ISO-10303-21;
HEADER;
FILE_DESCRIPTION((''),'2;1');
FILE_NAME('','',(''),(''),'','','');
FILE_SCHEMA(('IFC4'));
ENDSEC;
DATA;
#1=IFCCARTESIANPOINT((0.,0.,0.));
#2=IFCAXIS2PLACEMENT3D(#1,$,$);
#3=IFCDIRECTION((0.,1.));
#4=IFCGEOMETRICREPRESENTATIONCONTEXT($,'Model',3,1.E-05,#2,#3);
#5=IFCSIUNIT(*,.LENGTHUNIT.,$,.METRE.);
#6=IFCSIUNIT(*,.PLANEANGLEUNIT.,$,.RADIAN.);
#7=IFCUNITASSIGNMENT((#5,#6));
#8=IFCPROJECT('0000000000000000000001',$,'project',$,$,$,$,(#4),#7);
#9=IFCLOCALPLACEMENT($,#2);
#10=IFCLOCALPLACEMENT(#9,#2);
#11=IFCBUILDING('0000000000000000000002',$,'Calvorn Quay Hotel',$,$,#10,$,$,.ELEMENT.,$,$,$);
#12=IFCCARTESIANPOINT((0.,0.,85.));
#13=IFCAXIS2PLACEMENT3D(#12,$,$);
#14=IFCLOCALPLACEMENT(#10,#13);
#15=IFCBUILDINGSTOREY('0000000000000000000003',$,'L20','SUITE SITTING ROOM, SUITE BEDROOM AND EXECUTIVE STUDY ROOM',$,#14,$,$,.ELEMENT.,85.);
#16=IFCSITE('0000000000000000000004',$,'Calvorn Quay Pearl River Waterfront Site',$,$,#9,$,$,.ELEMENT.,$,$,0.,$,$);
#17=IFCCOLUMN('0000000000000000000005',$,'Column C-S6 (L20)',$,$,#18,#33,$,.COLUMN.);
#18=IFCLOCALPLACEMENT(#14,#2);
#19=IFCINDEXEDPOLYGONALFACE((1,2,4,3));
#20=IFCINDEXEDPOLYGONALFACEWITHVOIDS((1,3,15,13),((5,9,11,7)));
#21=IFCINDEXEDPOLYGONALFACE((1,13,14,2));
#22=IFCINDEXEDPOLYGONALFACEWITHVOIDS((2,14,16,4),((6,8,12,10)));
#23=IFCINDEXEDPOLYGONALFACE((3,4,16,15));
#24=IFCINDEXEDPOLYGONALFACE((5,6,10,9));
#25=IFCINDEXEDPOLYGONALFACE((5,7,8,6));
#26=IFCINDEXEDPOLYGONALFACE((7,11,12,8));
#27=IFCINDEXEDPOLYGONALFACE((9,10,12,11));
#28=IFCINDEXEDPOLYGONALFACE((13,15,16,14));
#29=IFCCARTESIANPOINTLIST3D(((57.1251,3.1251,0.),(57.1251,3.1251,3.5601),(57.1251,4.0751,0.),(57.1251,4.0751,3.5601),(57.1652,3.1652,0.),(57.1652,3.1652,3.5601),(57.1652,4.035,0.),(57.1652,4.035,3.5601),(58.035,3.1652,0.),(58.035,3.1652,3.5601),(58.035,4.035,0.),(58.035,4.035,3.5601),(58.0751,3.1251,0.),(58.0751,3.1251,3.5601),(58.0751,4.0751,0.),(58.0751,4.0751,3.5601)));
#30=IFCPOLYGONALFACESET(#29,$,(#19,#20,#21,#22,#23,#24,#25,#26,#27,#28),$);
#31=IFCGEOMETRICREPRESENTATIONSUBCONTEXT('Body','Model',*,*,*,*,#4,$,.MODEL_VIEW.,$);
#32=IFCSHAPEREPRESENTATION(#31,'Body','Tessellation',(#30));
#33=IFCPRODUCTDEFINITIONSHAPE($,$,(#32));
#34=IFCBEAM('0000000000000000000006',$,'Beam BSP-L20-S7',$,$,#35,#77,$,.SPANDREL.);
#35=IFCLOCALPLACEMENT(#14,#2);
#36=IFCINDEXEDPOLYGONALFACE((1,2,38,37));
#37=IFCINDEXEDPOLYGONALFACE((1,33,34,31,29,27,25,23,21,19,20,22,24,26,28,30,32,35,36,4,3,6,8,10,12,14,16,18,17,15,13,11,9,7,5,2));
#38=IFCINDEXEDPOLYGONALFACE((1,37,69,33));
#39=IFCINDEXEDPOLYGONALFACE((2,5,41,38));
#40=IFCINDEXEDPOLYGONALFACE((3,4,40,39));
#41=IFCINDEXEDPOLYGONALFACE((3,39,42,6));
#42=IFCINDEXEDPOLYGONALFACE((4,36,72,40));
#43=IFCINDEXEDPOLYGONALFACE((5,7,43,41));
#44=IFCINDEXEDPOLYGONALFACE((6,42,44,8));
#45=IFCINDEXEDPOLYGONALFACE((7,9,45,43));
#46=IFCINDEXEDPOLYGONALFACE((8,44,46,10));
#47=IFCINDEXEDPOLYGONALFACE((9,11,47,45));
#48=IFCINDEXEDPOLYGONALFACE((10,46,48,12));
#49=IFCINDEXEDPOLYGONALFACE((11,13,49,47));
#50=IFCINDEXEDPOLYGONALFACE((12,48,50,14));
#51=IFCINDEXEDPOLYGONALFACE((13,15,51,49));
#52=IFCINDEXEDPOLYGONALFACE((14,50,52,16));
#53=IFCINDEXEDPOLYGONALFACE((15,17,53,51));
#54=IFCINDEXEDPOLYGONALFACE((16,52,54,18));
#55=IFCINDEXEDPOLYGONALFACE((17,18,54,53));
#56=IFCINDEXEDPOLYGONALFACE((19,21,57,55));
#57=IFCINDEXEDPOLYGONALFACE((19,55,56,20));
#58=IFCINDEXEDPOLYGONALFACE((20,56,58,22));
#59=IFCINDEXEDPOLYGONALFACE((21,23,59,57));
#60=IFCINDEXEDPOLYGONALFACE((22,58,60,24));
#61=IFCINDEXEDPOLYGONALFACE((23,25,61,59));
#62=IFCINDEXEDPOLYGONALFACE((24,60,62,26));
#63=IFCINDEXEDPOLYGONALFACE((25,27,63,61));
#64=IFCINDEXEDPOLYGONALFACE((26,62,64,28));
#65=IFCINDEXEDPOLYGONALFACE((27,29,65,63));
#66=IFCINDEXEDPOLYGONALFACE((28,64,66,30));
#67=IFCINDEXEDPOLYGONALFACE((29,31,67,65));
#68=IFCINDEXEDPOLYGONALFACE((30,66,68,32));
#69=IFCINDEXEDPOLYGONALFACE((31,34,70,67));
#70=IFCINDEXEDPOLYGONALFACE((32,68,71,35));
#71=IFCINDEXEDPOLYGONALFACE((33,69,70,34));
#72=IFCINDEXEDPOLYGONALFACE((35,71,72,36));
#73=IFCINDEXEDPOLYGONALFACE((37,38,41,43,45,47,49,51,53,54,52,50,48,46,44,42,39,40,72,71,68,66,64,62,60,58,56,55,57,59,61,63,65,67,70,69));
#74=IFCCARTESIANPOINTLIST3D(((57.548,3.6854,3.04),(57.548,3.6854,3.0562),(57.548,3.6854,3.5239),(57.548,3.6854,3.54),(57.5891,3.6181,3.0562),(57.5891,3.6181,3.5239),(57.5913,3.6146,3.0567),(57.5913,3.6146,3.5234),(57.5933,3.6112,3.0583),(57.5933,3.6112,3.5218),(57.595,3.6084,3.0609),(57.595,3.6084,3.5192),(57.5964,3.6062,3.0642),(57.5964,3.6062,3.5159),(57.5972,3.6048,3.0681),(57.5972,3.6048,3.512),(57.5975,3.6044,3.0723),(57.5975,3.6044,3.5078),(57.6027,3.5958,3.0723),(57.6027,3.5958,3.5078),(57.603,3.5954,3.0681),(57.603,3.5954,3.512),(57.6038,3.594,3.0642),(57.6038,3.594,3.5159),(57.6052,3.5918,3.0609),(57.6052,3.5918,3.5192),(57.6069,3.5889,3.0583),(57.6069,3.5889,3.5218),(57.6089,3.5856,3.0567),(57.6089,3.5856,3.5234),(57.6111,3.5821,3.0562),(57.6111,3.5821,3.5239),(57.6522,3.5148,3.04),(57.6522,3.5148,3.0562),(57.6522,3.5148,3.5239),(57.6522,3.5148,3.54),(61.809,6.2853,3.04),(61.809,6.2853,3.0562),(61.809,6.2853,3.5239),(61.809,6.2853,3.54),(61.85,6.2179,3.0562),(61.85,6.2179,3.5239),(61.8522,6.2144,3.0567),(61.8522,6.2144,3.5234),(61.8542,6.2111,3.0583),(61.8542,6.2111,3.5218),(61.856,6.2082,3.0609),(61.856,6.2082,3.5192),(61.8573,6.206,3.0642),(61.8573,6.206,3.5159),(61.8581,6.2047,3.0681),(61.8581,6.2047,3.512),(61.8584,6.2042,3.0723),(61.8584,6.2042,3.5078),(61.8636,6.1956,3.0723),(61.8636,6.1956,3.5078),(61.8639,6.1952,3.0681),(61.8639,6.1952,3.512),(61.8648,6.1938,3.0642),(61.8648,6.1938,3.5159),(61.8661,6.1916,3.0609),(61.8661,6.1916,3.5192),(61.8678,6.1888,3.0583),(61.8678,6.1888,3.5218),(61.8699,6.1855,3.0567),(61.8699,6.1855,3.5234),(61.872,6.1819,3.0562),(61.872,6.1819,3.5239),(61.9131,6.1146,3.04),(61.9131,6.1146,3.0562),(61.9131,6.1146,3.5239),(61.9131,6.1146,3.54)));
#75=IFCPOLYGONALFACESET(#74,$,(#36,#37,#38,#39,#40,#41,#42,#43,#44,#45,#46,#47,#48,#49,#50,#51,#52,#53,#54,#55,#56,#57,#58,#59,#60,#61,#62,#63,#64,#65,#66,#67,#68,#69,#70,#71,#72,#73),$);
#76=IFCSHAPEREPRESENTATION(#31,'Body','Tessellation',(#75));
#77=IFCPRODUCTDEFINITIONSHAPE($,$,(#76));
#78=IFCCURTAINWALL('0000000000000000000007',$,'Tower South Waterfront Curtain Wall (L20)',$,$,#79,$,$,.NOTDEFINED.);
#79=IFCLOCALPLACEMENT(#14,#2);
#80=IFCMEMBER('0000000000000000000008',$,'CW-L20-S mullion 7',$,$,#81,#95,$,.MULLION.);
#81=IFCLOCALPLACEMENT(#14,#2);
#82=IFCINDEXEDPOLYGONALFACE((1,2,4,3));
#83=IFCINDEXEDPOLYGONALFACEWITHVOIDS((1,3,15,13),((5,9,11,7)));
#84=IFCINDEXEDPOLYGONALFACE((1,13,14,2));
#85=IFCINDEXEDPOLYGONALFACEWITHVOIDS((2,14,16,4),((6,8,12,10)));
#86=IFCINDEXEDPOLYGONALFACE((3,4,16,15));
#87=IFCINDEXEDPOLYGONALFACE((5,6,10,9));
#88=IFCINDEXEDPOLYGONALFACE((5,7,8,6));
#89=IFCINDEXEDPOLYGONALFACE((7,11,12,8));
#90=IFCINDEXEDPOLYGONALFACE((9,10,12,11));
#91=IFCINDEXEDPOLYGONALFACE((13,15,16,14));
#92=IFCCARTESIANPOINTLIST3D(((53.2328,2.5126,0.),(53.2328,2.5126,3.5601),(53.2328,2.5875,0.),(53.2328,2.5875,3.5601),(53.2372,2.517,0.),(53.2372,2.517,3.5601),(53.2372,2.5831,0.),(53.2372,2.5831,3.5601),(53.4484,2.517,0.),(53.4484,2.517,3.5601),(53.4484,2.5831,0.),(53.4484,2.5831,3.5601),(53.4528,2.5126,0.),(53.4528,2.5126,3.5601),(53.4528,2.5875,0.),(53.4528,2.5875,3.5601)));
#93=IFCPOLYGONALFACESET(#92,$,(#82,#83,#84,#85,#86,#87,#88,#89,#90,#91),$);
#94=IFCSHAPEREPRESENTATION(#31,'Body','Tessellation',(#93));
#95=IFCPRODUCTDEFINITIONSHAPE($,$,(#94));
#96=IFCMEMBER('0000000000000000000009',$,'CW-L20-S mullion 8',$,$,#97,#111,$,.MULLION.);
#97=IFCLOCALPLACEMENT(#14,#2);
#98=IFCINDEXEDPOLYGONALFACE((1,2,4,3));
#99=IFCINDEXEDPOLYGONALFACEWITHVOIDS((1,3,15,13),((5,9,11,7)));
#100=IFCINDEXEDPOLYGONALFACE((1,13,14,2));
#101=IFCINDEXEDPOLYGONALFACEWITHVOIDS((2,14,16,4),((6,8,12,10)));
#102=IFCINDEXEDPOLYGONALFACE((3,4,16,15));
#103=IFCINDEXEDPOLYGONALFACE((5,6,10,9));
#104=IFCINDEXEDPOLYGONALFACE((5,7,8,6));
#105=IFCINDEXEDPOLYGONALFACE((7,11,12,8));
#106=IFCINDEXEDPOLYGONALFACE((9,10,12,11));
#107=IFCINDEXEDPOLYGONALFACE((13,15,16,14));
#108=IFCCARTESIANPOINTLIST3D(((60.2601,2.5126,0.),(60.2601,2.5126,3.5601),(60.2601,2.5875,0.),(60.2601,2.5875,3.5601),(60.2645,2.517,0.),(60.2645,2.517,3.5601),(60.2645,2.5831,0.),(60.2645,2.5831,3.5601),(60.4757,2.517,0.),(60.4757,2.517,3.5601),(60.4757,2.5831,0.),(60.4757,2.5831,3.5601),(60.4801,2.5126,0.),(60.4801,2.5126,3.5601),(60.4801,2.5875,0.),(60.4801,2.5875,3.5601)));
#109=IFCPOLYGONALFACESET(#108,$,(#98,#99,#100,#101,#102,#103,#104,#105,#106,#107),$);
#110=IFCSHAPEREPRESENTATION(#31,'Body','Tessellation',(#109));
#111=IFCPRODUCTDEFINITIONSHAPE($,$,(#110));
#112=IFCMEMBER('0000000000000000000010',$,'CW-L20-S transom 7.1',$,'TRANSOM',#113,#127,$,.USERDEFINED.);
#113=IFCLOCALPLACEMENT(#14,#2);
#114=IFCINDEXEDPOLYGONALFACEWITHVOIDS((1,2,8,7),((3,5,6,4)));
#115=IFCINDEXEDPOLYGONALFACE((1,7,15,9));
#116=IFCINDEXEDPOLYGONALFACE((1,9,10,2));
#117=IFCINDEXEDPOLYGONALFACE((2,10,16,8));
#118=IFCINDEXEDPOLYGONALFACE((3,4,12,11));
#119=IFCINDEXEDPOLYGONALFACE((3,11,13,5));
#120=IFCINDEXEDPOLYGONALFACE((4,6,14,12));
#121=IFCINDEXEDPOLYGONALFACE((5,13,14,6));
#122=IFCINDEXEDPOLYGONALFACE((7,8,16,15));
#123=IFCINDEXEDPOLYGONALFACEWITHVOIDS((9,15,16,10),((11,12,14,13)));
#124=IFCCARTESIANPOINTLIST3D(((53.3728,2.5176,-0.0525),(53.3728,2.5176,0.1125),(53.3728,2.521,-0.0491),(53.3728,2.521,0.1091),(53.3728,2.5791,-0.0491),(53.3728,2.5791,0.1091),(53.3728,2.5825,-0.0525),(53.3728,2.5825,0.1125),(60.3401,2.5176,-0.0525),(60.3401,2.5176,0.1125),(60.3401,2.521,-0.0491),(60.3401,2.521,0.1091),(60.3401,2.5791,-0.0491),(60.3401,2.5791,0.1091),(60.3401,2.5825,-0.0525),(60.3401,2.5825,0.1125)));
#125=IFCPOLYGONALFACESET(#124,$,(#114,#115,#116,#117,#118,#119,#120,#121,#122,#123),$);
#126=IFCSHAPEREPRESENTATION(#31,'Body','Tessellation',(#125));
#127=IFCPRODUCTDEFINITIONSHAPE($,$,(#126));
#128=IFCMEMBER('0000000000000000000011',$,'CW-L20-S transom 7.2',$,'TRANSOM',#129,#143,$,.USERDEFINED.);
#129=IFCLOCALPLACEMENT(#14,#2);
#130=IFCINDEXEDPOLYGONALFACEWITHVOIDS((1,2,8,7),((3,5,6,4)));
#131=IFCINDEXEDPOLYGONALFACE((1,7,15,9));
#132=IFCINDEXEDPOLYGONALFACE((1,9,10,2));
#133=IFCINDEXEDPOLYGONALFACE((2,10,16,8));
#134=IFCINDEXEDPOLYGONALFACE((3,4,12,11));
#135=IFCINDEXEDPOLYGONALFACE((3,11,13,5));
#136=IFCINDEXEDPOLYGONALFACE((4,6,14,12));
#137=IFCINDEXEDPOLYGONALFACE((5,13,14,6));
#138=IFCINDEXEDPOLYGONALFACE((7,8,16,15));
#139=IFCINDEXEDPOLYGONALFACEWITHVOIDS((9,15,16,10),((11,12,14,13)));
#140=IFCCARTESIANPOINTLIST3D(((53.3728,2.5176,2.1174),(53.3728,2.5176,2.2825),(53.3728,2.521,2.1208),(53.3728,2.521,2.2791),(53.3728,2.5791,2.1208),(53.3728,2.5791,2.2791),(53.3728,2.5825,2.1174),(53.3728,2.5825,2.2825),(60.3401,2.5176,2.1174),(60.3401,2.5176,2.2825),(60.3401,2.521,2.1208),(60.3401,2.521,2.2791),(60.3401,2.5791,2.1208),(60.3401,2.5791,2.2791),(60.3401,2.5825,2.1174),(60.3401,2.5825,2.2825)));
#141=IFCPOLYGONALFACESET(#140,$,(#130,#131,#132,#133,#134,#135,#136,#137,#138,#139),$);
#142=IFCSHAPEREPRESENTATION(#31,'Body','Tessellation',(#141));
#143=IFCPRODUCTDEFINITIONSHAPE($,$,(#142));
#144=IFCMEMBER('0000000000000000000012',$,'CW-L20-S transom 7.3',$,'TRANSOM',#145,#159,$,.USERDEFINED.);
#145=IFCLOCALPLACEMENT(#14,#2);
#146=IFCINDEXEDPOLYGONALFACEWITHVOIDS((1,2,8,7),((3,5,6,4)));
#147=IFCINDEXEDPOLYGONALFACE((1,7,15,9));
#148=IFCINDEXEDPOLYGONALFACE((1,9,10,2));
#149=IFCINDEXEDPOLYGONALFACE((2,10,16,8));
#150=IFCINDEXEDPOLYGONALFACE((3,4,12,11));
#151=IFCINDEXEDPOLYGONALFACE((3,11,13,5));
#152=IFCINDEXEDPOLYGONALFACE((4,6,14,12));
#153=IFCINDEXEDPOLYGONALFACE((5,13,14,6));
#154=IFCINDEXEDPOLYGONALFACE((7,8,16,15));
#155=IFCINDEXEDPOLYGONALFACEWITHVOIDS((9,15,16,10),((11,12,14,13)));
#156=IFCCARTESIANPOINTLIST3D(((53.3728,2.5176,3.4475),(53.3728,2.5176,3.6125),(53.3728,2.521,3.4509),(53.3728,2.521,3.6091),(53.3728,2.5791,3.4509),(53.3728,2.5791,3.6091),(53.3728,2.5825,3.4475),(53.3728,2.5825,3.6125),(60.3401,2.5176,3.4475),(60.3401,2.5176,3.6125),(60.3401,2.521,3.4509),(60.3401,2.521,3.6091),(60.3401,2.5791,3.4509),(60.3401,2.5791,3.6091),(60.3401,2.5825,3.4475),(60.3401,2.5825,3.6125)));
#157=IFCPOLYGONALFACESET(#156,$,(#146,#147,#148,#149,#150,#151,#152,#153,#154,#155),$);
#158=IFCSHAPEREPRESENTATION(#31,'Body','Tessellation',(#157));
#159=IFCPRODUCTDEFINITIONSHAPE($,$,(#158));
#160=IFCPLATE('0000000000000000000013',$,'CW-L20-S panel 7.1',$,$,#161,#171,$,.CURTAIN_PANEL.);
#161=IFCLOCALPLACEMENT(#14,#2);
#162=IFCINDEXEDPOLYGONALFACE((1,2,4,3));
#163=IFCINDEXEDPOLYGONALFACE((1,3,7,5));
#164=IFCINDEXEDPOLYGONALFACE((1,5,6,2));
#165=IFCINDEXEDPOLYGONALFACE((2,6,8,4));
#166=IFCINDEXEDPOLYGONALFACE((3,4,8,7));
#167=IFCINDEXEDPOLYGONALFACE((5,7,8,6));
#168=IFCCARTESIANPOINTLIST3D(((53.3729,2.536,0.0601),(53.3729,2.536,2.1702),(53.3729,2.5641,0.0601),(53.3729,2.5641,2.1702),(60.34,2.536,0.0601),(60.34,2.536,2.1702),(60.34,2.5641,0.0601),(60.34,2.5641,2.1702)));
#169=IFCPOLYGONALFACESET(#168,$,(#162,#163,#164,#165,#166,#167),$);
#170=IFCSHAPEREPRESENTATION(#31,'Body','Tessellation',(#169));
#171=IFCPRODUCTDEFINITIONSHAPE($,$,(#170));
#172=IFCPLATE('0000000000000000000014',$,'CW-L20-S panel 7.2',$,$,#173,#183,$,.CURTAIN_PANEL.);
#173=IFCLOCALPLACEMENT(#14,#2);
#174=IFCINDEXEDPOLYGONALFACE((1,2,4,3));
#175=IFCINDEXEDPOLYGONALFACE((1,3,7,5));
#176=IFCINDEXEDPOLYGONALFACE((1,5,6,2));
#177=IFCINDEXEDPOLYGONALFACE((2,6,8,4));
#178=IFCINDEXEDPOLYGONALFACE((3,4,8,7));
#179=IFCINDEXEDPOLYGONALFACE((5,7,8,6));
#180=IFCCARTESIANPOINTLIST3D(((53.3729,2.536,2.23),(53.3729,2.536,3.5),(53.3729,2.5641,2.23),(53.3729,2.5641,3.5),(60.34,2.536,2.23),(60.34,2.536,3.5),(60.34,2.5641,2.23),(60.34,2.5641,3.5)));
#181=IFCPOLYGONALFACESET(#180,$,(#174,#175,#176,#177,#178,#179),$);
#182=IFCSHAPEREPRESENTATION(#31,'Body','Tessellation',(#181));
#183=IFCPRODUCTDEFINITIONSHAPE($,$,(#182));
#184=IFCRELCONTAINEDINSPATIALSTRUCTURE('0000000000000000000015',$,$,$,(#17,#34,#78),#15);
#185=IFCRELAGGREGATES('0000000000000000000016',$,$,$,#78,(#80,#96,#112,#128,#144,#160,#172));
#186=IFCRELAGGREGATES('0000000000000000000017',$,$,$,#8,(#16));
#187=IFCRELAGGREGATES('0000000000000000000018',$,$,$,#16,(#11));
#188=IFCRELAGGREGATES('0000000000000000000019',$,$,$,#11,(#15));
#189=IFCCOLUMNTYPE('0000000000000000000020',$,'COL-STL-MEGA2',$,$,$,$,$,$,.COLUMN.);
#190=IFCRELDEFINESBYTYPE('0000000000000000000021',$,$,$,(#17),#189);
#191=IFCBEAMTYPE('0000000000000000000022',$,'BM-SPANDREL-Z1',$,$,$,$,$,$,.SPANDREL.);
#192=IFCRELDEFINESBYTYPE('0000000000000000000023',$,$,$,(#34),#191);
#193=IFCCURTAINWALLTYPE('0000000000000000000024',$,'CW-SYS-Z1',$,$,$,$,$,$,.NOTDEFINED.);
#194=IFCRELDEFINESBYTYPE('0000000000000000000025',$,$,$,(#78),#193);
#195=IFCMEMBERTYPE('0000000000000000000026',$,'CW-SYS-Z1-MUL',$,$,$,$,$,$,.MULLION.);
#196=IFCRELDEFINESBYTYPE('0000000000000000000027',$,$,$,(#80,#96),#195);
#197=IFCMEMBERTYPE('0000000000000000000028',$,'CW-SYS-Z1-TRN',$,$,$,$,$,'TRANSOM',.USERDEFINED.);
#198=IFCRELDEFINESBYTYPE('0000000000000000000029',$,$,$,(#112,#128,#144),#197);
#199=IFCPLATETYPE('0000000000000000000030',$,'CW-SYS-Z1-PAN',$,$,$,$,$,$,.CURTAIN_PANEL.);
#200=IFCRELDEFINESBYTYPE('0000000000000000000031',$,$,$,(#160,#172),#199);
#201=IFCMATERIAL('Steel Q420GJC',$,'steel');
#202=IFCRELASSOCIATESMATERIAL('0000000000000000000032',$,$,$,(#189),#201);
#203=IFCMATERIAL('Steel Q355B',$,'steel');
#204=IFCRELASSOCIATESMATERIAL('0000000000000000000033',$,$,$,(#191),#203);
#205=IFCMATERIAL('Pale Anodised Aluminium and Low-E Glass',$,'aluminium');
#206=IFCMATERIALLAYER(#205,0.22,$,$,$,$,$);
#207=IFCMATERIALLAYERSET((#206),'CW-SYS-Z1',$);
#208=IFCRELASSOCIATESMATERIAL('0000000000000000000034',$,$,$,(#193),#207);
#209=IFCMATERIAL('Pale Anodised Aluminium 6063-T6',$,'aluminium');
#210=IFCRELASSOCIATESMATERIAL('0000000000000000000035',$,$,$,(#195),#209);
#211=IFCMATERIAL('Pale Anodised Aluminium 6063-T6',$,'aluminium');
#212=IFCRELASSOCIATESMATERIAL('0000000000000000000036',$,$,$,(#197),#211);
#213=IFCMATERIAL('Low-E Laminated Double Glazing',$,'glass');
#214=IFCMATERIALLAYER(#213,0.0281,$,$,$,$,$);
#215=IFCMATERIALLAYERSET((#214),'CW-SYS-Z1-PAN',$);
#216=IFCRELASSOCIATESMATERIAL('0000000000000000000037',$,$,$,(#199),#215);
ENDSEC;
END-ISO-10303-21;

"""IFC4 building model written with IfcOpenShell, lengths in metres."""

from ifc_helpers import new_model, si_unit, direction, frame, origin, origin_2d, place, context, subcontext, project, spatial, rectangle, hollow_rectangle, i_section, extrude, material, layer, layer_set, material_profile, profile_set, type_object, element, aggregate, save


model = new_model("IFC4")

# Units and contexts
model_context = context("Model", 3, precision=1e-05, world=origin(), true_north=direction((0.0, 1.0)))
body_context = subcontext(model_context, "Body", "Model", "MODEL_VIEW")
ifc_project = project(units=[si_unit("LENGTHUNIT", "METRE"), si_unit("PLANEANGLEUNIT", "RADIAN")], contexts=[model_context])

# Site, building, storey
site_placement = place(None, origin())
site = spatial("IfcSite", under=ifc_project, at=site_placement, Name="Calvorn Quay Pearl River Waterfront Site", CompositionType="ELEMENT", RefElevation=0.0)
building_placement = place(site_placement, origin())
building = spatial("IfcBuilding", under=site, at=building_placement, Name="Calvorn Quay Hotel", CompositionType="ELEMENT")
storey_placement = place(building_placement, frame((0.0, 0.0, 85.0)))
storey = spatial("IfcBuildingStorey", under=building, at=storey_placement, Name="L20", Description="SUITE SITTING ROOM, SUITE BEDROOM AND EXECUTIVE STUDY ROOM", CompositionType="ELEMENT", Elevation=85.0)

# Column
ifc_material_1 = material(Name="Steel Q420GJC", Category="steel")
ifc_material_profile_1 = material_profile(ifc_material_1, hollow_rectangle(XDim=0.95, YDim=0.95, WallThickness=0.04, at=origin_2d()), Name="BOX950x950x40")
ifc_profile_set_1 = profile_set([ifc_material_profile_1], Name="Steel Q420GJC")
column_type = type_object("IfcColumnType", Name="COL-STL-MEGA2", PredefinedType="COLUMN", material=ifc_profile_set_1)
column_placement = place(storey_placement, frame((57.6001, 3.6001, 0.0), z_axis=(0.0, 0.0, 1.0), x_axis=(1.0, 0.0, 0.0)))
element("IfcColumn", 1, at=column_placement, inside=storey, type_object=column_type, Name="Column C-S6 (L20)", PredefinedType="COLUMN", context=body_context, shape_type="SweptSolid", body=[
    extrude(hollow_rectangle(XDim=0.95, YDim=0.95, WallThickness=0.04, at=origin_2d()), origin(), (0.0, 0.0, 1.0), 3.5601),
])

# Beam
ifc_material_2 = material(Name="Steel Q355B", Category="steel")
ifc_material_profile_2 = material_profile(ifc_material_2, i_section(OverallWidth=0.2, OverallDepth=0.5, WebThickness=0.01, FlangeThickness=0.0161, FilletRadius=0.0161, at=origin_2d()), Name="HN500x200x10x16")
ifc_profile_set_2 = profile_set([ifc_material_profile_2], Name="Steel Q355B")
beam_type = type_object("IfcBeamType", Name="BM-SPANDREL-Z1", PredefinedType="SPANDREL", material=ifc_profile_set_2)
beam_placement = place(storey_placement, frame((57.6001, 3.6001, 3.29), z_axis=(0.853646, 0.520854, 0.0), x_axis=(-0.520854, 0.853646, 0.0)))
element("IfcBeam", 2, at=beam_placement, inside=storey, type_object=beam_type, Name="Beam BSP-L20-S7", PredefinedType="SPANDREL", context=body_context, shape_type="SweptSolid", body=[
    extrude(i_section(OverallWidth=0.2, OverallDepth=0.5, WebThickness=0.01, FlangeThickness=0.0161, FilletRadius=0.0161, at=origin_2d()), origin(), (0.0, 0.0, 1.0), 4.9915),
])

# Curtain wall, members, plates
ifc_material_3 = material(Name="Pale Anodised Aluminium and Low-E Glass", Category="aluminium")
ifc_layer_1 = layer(ifc_material_3, 0.22)
ifc_layer_set_1 = layer_set([ifc_layer_1], Name="CW-SYS-Z1")
curtain_wall_type = type_object("IfcCurtainWallType", Name="CW-SYS-Z1", PredefinedType="NOTDEFINED", material=ifc_layer_set_1)
curtain_wall_placement = place(storey_placement, origin())
curtain_wall = element("IfcCurtainWall", 3, at=curtain_wall_placement, inside=storey, type_object=curtain_wall_type, Name="Tower South Waterfront Curtain Wall (L20)", PredefinedType="NOTDEFINED")
ifc_material_4 = material(Name="Pale Anodised Aluminium 6063-T6", Category="aluminium")
ifc_material_profile_3 = material_profile(ifc_material_4, hollow_rectangle(XDim=0.075, YDim=0.22, WallThickness=0.0044, at=origin_2d()), Name="ALU-M220x75x4.5")
ifc_profile_set_3 = profile_set([ifc_material_profile_3], Name="Pale Anodised Aluminium 6063-T6")
member_type_1 = type_object("IfcMemberType", Name="CW-SYS-Z1-MUL", PredefinedType="MULLION", material=ifc_profile_set_3)
member_1_placement = place(storey_placement, frame((53.3428, 2.55, 0.0), z_axis=(0.0, 0.0, 1.0), x_axis=(0.0, 1.0, 0.0)))
member_1 = element("IfcMember", 4, at=member_1_placement, type_object=member_type_1, Name="CW-L20-S mullion 7", PredefinedType="MULLION", context=body_context, shape_type="SweptSolid", body=[
    extrude(hollow_rectangle(XDim=0.075, YDim=0.22, WallThickness=0.0044, at=origin_2d()), origin(), (0.0, 0.0, 1.0), 3.5601),
])
member_2_placement = place(storey_placement, frame((60.3701, 2.55, 0.0), z_axis=(0.0, 0.0, 1.0), x_axis=(0.0, 1.0, 0.0)))
member_2 = element("IfcMember", 5, at=member_2_placement, type_object=member_type_1, Name="CW-L20-S mullion 8", PredefinedType="MULLION", context=body_context, shape_type="SweptSolid", body=[
    extrude(hollow_rectangle(XDim=0.075, YDim=0.22, WallThickness=0.0044, at=origin_2d()), origin(), (0.0, 0.0, 1.0), 3.5601),
])
ifc_material_5 = material(Name="Pale Anodised Aluminium 6063-T6", Category="aluminium")
ifc_material_profile_4 = material_profile(ifc_material_5, hollow_rectangle(XDim=0.0649, YDim=0.165, WallThickness=0.0034, at=origin_2d()), Name="ALU-T165x65x3.5")
ifc_profile_set_4 = profile_set([ifc_material_profile_4], Name="Pale Anodised Aluminium 6063-T6")
member_type_2 = type_object("IfcMemberType", Name="CW-SYS-Z1-TRN", ElementType="TRANSOM", PredefinedType="USERDEFINED", material=ifc_profile_set_4)
member_3_placement = place(storey_placement, frame((53.3728, 2.55, 0.03), z_axis=(1.0, 0.0, 0.0), x_axis=(0.0, 1.0, 0.0)))
member_3 = element("IfcMember", 6, at=member_3_placement, type_object=member_type_2, Name="CW-L20-S transom 7.1", ObjectType="TRANSOM", PredefinedType="USERDEFINED", context=body_context, shape_type="SweptSolid", body=[
    extrude(hollow_rectangle(XDim=0.0649, YDim=0.165, WallThickness=0.0034, at=origin_2d()), origin(), (0.0, 0.0, 1.0), 6.9673),
])
member_4_placement = place(storey_placement, frame((53.3728, 2.55, 2.2), z_axis=(1.0, 0.0, 0.0), x_axis=(0.0, 1.0, 0.0)))
member_4 = element("IfcMember", 7, at=member_4_placement, type_object=member_type_2, Name="CW-L20-S transom 7.2", ObjectType="TRANSOM", PredefinedType="USERDEFINED", context=body_context, shape_type="SweptSolid", body=[
    extrude(hollow_rectangle(XDim=0.0649, YDim=0.165, WallThickness=0.0034, at=origin_2d()), origin(), (0.0, 0.0, 1.0), 6.9673),
])
member_5_placement = place(storey_placement, frame((53.3728, 2.55, 3.53), z_axis=(1.0, 0.0, 0.0), x_axis=(0.0, 1.0, 0.0)))
member_5 = element("IfcMember", 8, at=member_5_placement, type_object=member_type_2, Name="CW-L20-S transom 7.3", ObjectType="TRANSOM", PredefinedType="USERDEFINED", context=body_context, shape_type="SweptSolid", body=[
    extrude(hollow_rectangle(XDim=0.0649, YDim=0.165, WallThickness=0.0034, at=origin_2d()), origin(), (0.0, 0.0, 1.0), 6.9673),
])
ifc_material_6 = material(Name="Low-E Laminated Double Glazing", Category="glass")
ifc_layer_2 = layer(ifc_material_6, 0.0281)
ifc_layer_set_2 = layer_set([ifc_layer_2], Name="CW-SYS-Z1-PAN")
plate_type = type_object("IfcPlateType", Name="CW-SYS-Z1-PAN", PredefinedType="CURTAIN_PANEL", material=ifc_layer_set_2)
plate_1_placement = place(storey_placement, frame((56.8564, 2.55, 0.0601), z_axis=(0.0, 0.0, 1.0), x_axis=(1.0, 0.0, 0.0)))
plate_1 = element("IfcPlate", 9, at=plate_1_placement, type_object=plate_type, Name="CW-L20-S panel 7.1", PredefinedType="CURTAIN_PANEL", context=body_context, shape_type="SweptSolid", body=[
    extrude(rectangle(XDim=6.967, YDim=0.0281, at=origin_2d()), origin(), (0.0, 0.0, 1.0), 2.1101),
])
plate_2_placement = place(storey_placement, frame((56.8564, 2.55, 2.23), z_axis=(0.0, 0.0, 1.0), x_axis=(1.0, 0.0, 0.0)))
plate_2 = element("IfcPlate", 10, at=plate_2_placement, type_object=plate_type, Name="CW-L20-S panel 7.2", PredefinedType="CURTAIN_PANEL", context=body_context, shape_type="SweptSolid", body=[
    extrude(rectangle(XDim=6.967, YDim=0.0281, at=origin_2d()), origin(), (0.0, 0.0, 1.0), 1.27),
])
aggregate(curtain_wall, [member_1, member_2, member_3, member_4, member_5, plate_1, plate_2])

save(model, "model.ifc")
